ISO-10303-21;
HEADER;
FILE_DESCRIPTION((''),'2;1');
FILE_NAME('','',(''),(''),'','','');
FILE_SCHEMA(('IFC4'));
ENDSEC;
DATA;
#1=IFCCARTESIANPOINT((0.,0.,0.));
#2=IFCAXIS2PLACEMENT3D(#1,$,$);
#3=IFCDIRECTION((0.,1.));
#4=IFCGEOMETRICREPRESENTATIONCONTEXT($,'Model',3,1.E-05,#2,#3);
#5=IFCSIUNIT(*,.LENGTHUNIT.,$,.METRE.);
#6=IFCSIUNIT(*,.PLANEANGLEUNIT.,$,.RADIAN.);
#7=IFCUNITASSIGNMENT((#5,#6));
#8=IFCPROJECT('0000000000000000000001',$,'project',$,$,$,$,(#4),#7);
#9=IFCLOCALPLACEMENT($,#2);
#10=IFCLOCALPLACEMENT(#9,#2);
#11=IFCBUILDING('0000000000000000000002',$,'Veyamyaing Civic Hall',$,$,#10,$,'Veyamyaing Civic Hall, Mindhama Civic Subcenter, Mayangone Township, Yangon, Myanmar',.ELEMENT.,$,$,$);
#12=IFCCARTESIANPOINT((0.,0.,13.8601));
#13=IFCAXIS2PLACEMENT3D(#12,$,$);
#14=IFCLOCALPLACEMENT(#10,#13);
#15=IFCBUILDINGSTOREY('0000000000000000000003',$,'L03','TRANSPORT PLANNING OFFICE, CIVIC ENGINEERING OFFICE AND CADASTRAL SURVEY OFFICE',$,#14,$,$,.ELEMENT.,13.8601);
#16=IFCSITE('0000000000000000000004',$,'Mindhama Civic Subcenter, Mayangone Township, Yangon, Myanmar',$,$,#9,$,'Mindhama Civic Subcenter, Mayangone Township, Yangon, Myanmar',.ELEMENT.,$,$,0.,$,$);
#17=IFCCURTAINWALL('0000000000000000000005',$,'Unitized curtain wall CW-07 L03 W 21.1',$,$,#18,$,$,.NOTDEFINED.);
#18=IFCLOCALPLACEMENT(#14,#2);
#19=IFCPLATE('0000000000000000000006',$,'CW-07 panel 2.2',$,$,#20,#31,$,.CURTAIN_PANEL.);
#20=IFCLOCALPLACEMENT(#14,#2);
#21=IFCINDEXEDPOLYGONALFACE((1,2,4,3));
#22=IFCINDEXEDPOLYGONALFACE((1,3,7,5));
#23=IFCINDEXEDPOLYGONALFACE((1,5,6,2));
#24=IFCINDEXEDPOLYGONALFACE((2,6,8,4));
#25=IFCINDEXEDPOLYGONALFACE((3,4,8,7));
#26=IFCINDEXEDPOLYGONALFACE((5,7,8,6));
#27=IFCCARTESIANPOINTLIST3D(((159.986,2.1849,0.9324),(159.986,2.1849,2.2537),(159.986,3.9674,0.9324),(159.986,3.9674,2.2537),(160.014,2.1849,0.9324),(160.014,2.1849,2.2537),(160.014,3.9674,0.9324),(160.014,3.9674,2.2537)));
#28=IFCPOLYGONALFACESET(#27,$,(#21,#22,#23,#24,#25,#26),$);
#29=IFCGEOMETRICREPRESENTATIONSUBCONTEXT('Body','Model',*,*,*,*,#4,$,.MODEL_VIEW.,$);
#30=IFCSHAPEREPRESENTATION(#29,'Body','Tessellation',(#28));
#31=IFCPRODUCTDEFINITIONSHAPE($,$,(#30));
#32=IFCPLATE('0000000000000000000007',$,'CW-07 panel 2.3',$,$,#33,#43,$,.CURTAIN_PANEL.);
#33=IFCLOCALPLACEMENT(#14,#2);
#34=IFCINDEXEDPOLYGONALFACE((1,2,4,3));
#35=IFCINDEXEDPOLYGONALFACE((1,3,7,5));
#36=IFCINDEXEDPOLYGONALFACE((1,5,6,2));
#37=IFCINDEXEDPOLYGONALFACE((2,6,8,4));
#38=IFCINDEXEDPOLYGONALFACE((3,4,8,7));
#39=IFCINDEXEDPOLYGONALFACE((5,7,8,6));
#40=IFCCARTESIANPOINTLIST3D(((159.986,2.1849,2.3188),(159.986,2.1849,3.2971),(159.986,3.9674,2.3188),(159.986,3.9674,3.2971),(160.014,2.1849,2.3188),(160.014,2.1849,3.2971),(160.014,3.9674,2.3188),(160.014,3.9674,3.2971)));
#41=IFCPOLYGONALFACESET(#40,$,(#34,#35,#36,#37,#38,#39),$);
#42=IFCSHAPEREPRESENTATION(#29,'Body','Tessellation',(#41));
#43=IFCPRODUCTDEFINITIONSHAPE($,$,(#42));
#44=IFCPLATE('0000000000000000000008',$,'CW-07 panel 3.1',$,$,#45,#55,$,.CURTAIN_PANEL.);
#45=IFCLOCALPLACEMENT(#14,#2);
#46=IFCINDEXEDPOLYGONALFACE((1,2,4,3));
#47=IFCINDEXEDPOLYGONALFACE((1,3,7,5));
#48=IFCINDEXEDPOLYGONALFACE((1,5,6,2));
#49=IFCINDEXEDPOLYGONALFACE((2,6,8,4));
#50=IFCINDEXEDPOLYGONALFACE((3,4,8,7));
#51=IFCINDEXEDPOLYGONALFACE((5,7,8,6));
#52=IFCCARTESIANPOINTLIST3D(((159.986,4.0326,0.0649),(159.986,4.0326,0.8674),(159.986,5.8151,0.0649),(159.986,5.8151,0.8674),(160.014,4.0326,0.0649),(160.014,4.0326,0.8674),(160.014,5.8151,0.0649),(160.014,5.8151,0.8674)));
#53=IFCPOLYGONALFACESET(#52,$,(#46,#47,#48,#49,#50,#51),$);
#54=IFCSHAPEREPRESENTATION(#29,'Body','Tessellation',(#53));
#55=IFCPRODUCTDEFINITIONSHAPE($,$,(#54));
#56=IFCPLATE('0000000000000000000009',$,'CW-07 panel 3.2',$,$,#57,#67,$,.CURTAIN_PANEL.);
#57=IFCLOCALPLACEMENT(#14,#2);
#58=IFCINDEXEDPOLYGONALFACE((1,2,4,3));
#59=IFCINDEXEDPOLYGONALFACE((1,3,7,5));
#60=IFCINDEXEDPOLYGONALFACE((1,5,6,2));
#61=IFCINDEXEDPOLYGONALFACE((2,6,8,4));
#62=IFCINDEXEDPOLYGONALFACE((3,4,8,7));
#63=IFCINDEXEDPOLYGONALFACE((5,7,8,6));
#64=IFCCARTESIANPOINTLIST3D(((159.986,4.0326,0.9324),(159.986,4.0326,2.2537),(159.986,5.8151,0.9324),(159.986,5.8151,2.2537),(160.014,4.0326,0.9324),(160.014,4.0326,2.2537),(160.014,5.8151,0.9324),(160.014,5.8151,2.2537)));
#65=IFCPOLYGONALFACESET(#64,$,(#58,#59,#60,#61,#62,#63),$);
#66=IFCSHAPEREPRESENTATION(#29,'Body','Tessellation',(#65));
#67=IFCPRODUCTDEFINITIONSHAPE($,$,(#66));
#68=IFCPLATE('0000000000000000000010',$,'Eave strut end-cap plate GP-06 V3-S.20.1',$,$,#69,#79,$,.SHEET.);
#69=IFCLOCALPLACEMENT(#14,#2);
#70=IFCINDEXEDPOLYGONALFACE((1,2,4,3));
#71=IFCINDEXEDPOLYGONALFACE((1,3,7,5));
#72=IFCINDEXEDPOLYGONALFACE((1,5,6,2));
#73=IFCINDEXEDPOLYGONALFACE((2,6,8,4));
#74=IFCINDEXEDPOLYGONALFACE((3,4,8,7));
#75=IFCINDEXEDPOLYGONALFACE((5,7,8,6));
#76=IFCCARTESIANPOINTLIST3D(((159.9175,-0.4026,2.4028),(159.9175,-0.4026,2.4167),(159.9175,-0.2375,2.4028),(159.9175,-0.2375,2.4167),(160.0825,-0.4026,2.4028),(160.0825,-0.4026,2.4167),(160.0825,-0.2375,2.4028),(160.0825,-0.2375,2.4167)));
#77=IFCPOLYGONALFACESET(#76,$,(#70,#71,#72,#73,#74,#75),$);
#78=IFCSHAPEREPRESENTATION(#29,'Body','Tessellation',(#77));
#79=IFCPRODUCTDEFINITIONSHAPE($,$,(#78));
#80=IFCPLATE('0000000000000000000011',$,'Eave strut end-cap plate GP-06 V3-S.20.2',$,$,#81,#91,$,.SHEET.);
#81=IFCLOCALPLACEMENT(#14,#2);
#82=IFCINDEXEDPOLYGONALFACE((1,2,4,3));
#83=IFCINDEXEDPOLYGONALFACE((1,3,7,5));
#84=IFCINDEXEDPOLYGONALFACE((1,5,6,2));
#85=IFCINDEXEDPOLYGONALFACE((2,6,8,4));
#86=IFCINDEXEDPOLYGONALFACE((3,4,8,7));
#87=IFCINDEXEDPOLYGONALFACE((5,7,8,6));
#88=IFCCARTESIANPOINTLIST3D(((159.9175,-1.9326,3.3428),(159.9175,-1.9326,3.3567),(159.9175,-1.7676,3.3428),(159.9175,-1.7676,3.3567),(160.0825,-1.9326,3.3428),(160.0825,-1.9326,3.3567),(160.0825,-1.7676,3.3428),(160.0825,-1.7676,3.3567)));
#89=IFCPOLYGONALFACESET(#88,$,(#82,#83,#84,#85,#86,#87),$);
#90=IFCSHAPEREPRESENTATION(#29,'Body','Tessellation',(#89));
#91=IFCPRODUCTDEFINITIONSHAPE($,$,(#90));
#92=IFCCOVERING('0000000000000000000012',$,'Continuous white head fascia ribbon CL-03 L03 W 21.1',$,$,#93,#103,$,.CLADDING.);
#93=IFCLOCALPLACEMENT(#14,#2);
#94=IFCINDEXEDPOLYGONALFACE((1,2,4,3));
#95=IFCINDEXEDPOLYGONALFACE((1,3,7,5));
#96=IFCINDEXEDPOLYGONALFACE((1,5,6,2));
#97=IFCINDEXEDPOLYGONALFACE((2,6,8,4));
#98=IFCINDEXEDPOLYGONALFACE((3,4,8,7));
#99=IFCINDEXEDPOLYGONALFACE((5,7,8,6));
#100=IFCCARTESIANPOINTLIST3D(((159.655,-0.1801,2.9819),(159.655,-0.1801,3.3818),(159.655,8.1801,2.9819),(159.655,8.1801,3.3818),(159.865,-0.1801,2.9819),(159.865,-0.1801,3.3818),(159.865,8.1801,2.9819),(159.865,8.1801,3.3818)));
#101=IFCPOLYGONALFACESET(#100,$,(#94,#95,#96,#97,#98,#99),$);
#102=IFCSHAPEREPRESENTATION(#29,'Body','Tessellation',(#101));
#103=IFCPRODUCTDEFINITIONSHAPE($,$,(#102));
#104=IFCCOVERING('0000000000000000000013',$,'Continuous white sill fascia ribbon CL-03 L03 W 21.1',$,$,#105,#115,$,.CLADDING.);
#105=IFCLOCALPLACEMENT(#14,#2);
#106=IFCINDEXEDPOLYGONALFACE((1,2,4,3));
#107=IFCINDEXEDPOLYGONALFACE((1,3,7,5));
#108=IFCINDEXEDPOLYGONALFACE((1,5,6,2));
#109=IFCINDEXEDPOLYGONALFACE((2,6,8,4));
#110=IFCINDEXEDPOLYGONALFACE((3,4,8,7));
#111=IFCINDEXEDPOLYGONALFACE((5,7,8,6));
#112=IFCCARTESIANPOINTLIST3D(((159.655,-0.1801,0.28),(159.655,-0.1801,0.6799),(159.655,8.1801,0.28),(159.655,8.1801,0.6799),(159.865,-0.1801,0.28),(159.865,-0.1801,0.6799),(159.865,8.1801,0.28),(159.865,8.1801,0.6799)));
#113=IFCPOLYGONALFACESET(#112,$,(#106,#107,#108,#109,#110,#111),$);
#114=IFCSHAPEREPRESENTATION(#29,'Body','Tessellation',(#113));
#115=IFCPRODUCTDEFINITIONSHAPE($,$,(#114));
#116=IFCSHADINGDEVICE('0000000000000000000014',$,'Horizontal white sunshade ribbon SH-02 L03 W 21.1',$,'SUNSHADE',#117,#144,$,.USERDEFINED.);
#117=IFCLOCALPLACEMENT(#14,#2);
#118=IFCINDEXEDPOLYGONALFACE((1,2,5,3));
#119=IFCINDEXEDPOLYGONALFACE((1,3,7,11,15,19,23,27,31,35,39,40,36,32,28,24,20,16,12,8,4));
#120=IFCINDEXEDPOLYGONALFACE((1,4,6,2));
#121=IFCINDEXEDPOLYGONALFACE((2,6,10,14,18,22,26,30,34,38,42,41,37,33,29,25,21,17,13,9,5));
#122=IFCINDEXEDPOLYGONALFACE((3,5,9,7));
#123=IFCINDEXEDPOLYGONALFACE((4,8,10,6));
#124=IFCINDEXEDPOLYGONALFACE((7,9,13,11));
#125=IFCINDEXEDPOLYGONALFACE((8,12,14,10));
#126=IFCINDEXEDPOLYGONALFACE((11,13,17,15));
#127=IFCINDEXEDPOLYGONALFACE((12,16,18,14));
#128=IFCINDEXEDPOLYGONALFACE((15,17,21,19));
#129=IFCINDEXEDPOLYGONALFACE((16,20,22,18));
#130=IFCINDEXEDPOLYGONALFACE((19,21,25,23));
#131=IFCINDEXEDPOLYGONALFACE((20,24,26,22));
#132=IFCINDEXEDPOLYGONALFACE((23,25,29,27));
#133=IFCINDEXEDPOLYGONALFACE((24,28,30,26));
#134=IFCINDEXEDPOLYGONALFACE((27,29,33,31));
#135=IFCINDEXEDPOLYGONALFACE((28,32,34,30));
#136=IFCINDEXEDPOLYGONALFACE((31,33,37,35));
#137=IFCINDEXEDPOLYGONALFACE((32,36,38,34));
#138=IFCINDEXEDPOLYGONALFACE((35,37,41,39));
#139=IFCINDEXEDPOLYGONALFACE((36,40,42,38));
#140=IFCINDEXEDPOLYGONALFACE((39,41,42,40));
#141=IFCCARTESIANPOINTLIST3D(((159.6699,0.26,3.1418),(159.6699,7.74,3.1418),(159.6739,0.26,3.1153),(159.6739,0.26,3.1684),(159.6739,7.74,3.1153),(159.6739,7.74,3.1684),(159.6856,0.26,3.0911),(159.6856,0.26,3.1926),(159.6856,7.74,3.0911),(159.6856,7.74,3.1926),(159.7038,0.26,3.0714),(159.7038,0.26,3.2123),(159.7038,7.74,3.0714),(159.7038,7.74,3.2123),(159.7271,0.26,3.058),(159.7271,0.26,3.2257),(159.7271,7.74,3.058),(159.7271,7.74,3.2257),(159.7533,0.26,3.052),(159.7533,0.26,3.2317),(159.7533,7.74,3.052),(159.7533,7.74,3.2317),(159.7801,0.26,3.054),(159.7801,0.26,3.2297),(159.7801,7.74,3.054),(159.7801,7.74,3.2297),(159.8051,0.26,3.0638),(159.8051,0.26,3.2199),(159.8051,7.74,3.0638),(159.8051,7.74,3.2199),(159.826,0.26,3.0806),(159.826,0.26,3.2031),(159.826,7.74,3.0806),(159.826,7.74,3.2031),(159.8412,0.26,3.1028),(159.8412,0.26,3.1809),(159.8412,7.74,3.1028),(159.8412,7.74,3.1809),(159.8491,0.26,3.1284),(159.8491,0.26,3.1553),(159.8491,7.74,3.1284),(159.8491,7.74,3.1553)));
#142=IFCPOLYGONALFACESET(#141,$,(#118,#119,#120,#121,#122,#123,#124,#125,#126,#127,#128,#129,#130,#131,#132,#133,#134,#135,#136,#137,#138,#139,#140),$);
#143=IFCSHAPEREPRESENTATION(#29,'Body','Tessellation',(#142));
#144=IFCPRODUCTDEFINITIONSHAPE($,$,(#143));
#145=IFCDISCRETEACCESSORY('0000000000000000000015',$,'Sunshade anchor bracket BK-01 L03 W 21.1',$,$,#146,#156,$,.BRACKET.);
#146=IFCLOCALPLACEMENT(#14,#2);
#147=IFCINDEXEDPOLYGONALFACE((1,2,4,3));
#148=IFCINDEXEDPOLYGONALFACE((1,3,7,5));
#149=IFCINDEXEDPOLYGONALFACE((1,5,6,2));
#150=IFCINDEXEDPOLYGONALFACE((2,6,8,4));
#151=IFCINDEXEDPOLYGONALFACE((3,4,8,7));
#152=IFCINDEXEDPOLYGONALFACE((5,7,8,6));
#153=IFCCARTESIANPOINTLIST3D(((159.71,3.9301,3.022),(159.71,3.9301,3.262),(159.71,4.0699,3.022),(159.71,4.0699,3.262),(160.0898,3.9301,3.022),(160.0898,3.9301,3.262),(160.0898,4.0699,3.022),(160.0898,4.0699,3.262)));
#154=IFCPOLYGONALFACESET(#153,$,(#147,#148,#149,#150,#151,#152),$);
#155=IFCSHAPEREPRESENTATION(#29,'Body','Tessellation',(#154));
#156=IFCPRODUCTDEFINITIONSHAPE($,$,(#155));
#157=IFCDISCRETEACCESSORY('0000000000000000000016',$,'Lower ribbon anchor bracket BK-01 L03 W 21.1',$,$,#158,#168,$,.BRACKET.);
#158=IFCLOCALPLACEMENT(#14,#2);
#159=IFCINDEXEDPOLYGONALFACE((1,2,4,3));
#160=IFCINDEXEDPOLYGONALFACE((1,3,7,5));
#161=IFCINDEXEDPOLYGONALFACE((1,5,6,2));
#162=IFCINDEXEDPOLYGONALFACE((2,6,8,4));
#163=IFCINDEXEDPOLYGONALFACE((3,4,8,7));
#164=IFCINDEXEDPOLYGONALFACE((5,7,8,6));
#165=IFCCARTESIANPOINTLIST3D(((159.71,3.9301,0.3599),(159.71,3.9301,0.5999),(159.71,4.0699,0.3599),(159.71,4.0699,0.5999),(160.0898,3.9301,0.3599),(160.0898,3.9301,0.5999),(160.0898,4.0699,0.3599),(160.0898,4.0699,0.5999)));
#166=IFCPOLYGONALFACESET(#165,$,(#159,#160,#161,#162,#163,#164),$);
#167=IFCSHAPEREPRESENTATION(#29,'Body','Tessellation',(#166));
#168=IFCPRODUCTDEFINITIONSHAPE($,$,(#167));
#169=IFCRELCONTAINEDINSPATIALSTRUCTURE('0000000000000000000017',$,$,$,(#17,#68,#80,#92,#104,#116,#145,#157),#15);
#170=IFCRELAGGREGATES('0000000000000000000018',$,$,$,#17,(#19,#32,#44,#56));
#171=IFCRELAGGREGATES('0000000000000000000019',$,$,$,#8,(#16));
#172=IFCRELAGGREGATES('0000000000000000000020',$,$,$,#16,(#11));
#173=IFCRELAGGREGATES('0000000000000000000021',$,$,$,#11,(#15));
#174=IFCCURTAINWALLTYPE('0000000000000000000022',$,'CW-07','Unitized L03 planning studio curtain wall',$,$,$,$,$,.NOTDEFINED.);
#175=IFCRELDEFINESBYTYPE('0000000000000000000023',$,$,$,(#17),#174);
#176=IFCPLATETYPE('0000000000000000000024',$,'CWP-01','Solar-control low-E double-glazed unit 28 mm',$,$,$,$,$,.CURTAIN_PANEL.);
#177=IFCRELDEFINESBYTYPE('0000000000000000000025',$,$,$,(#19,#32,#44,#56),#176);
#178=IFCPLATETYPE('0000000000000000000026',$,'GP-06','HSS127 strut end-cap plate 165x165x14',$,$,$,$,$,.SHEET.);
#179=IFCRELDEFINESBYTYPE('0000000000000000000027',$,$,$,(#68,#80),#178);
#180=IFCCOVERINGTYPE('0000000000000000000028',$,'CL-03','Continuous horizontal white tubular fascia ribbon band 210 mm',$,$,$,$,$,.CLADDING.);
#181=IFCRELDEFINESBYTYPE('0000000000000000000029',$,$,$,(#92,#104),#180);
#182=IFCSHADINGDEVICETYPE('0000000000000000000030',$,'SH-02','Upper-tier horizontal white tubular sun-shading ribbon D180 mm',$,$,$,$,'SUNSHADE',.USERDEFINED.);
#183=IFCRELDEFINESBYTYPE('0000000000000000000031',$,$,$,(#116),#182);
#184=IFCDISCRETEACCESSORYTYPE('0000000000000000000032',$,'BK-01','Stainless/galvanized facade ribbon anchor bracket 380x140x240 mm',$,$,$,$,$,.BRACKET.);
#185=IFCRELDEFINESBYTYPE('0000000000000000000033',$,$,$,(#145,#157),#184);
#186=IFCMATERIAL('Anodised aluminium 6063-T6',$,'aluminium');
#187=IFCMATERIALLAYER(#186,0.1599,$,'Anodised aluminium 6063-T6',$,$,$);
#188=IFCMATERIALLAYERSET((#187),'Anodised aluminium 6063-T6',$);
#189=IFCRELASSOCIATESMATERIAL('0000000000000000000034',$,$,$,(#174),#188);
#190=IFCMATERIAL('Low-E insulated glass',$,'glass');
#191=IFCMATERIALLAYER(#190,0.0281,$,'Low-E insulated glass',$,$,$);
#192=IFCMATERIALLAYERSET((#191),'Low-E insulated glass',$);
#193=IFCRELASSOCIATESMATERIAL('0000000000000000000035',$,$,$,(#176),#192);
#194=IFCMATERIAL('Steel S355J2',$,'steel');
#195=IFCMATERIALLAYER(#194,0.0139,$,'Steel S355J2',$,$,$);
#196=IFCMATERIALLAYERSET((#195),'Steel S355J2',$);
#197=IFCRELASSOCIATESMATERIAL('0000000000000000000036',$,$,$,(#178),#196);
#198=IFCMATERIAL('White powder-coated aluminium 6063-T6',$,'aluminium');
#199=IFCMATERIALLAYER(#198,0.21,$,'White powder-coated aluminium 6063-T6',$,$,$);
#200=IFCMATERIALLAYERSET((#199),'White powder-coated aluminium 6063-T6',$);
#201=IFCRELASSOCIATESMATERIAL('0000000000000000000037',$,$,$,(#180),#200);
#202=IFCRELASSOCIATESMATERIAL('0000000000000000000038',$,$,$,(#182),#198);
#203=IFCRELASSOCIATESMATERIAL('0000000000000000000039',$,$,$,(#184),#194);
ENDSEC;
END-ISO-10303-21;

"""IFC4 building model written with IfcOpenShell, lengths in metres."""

from ifc_helpers import new_model, si_unit, direction, frame, origin, origin_2d, place, context, subcontext, project, spatial, rectangle, circle, extrude, material, layer, layer_set, material_profile, profile_set, type_object, element, aggregate, save


model = new_model("IFC4")

# Units and contexts
model_context = context("Model", 3, precision=1e-05, world=origin(), true_north=direction((0.0, 1.0)))
body_context = subcontext(model_context, "Body", "Model", "MODEL_VIEW")
ifc_project = project(units=[si_unit("LENGTHUNIT", "METRE"), si_unit("PLANEANGLEUNIT", "RADIAN")], contexts=[model_context])

# Site, building, storey
site_placement = place(None, origin())
site = spatial("IfcSite", under=ifc_project, at=site_placement, Name="Mindhama Civic Subcenter, Mayangone Township, Yangon, Myanmar", LongName="Mindhama Civic Subcenter, Mayangone Township, Yangon, Myanmar", CompositionType="ELEMENT", RefElevation=0.0)
building_placement = place(site_placement, origin())
building = spatial("IfcBuilding", under=site, at=building_placement, Name="Veyamyaing Civic Hall", LongName="Veyamyaing Civic Hall, Mindhama Civic Subcenter, Mayangone Township, Yangon, Myanmar", CompositionType="ELEMENT")
storey_placement = place(building_placement, frame((0.0, 0.0, 13.8601)))
storey = spatial("IfcBuildingStorey", under=building, at=storey_placement, Name="L03", Description="TRANSPORT PLANNING OFFICE, CIVIC ENGINEERING OFFICE AND CADASTRAL SURVEY OFFICE", CompositionType="ELEMENT", Elevation=13.8601)

# Curtain wall
ifc_material_1 = material(Name="Anodised aluminium 6063-T6", Category="aluminium")
ifc_layer_1 = layer(ifc_material_1, 0.1599, Name="Anodised aluminium 6063-T6")
ifc_layer_set_1 = layer_set([ifc_layer_1], Name="Anodised aluminium 6063-T6")
curtain_wall_type = type_object("IfcCurtainWallType", Name="CW-07", Description="Unitized L03 planning studio curtain wall", PredefinedType="NOTDEFINED", material=ifc_layer_set_1)
curtain_wall_1_placement = place(storey_placement, origin())
curtain_wall_1 = element("IfcCurtainWall", 1, at=curtain_wall_1_placement, inside=storey, type_object=curtain_wall_type, Name="Unitized curtain wall CW-07 L03 W 21.1", PredefinedType="NOTDEFINED")

# Shared definitions
ifc_material_2 = material(Name="Steel S355J2", Category="steel")

# Shared definitions
ifc_material_3 = material(Name="Low-E insulated glass", Category="glass")
ifc_layer_2 = layer(ifc_material_3, 0.0281, Name="Low-E insulated glass")
ifc_layer_set_2 = layer_set([ifc_layer_2], Name="Low-E insulated glass")
plate_type_1 = type_object("IfcPlateType", Name="CWP-01", Description="Solar-control low-E double-glazed unit 28 mm", PredefinedType="CURTAIN_PANEL", material=ifc_layer_set_2)

# Plates
plate_1_placement = place(storey_placement, frame((160.0, 3.0762, 0.9324), z_axis=(0.0, 0.0, 1.0), x_axis=(0.0, 1.0, 0.0)))
plate_1 = element("IfcPlate", 2, at=plate_1_placement, type_object=plate_type_1, Name="CW-07 panel 2.2", PredefinedType="CURTAIN_PANEL", context=body_context, shape_type="SweptSolid", body=[
    extrude(rectangle(XDim=1.7825, YDim=0.0281, at=origin_2d()), origin(), (0.0, 0.0, 1.0), 1.3213),
])
plate_2_placement = place(storey_placement, frame((160.0, 3.0762, 2.3188), z_axis=(0.0, 0.0, 1.0), x_axis=(0.0, 1.0, 0.0)))
plate_2 = element("IfcPlate", 3, at=plate_2_placement, type_object=plate_type_1, Name="CW-07 panel 2.3", PredefinedType="CURTAIN_PANEL", context=body_context, shape_type="SweptSolid", body=[
    extrude(rectangle(XDim=1.7825, YDim=0.0281, at=origin_2d()), origin(), (0.0, 0.0, 1.0), 0.9783),
])
plate_3_placement = place(storey_placement, frame((160.0, 4.9238, 0.0649), z_axis=(0.0, 0.0, 1.0), x_axis=(0.0, 1.0, 0.0)))
plate_3 = element("IfcPlate", 4, at=plate_3_placement, type_object=plate_type_1, Name="CW-07 panel 3.1", PredefinedType="CURTAIN_PANEL", context=body_context, shape_type="SweptSolid", body=[
    extrude(rectangle(XDim=1.7825, YDim=0.0281, at=origin_2d()), origin(), (0.0, 0.0, 1.0), 0.8025),
])
plate_4_placement = place(storey_placement, frame((160.0, 4.9238, 0.9324), z_axis=(0.0, 0.0, 1.0), x_axis=(0.0, 1.0, 0.0)))
plate_4 = element("IfcPlate", 5, at=plate_4_placement, type_object=plate_type_1, Name="CW-07 panel 3.2", PredefinedType="CURTAIN_PANEL", context=body_context, shape_type="SweptSolid", body=[
    extrude(rectangle(XDim=1.7825, YDim=0.0281, at=origin_2d()), origin(), (0.0, 0.0, 1.0), 1.3213),
])
aggregate(curtain_wall_1, [plate_1, plate_2, plate_3, plate_4])

# Plates
ifc_layer_3 = layer(ifc_material_2, 0.0139, Name="Steel S355J2")
ifc_layer_set_3 = layer_set([ifc_layer_3], Name="Steel S355J2")
plate_type_2 = type_object("IfcPlateType", Name="GP-06", Description="HSS127 strut end-cap plate 165x165x14", PredefinedType="SHEET", material=ifc_layer_set_3)
for number, where, z_axis, x_axis, name in (
    (6, (160.0, -0.3201, 2.4028), (0.0, 0.0, 1.0), (0.0, 1.0, 0.0), "Eave strut end-cap plate GP-06 V3-S.20.1"),
    (7, (160.0, -1.8501, 3.3428), (0.0, 0.0, 1.0), (0.0, 1.0, 0.0), "Eave strut end-cap plate GP-06 V3-S.20.2"),
):
    element("IfcPlate", number, at=place(storey_placement, frame(where, z_axis=z_axis, x_axis=x_axis)), inside=storey, type_object=plate_type_2, Name=name, PredefinedType="SHEET", context=body_context, shape_type="SweptSolid", body=[
        extrude(rectangle(XDim=0.165, YDim=0.165, at=origin_2d()), origin(), (0.0, 0.0, 1.0), 0.0139),
    ])

# Coverings
ifc_material_4 = material(Name="White powder-coated aluminium 6063-T6", Category="aluminium")
ifc_layer_4 = layer(ifc_material_4, 0.21, Name="White powder-coated aluminium 6063-T6")
ifc_layer_set_4 = layer_set([ifc_layer_4], Name="White powder-coated aluminium 6063-T6")
covering_type = type_object("IfcCoveringType", Name="CL-03", Description="Continuous horizontal white tubular fascia ribbon band 210 mm", PredefinedType="CLADDING", material=ifc_layer_set_4)
for number, where, z_axis, x_axis, name in (
    (8, (159.76, 4.0, 2.9819), (0.0, 0.0, 1.0), (0.0, 1.0, 0.0), "Continuous white head fascia ribbon CL-03 L03 W 21.1"),
    (9, (159.76, 4.0, 0.28), (0.0, 0.0, 1.0), (0.0, 1.0, 0.0), "Continuous white sill fascia ribbon CL-03 L03 W 21.1"),
):
    element("IfcCovering", number, at=place(storey_placement, frame(where, z_axis=z_axis, x_axis=x_axis)), inside=storey, type_object=covering_type, Name=name, PredefinedType="CLADDING", context=body_context, shape_type="SweptSolid", body=[
        extrude(rectangle(XDim=8.3601, YDim=0.21, at=origin_2d()), origin(), (0.0, 0.0, 1.0), 0.3999),
    ])

# Shading device
ifc_material_profile_1 = material_profile(ifc_material_4, circle(Radius=0.0901, at=origin_2d()), Name="SHADE-TUBE-180")
ifc_profile_set_1 = profile_set([ifc_material_profile_1], Name="White powder-coated aluminium 6063-T6")
shading_device_type = type_object("IfcShadingDeviceType", Name="SH-02", Description="Upper-tier horizontal white tubular sun-shading ribbon D180 mm", ElementType="SUNSHADE", PredefinedType="USERDEFINED", material=ifc_profile_set_1)
shading_device_placement = place(storey_placement, frame((159.76, 0.26, 3.1418), z_axis=(0.0, 1.0, 0.0), x_axis=(-1.0, 0.0, 0.0)))
element("IfcShadingDevice", 10, at=shading_device_placement, inside=storey, type_object=shading_device_type, Name="Horizontal white sunshade ribbon SH-02 L03 W 21.1", ObjectType="SUNSHADE", PredefinedType="USERDEFINED", context=body_context, shape_type="SweptSolid", body=[
    extrude(circle(Radius=0.0901, at=origin_2d()), origin(), (0.0, 0.0, 1.0), 7.48),
])

# Discrete accessories
discrete_accessory_type = type_object("IfcDiscreteAccessoryType", Name="BK-01", Description="Stainless/galvanized facade ribbon anchor bracket 380x140x240 mm", PredefinedType="BRACKET", material=ifc_material_2)
for number, where, z_axis, x_axis, name in (
    (11, (159.8999, 4.0, 3.022), (0.0, 0.0, 1.0), (-1.0, 0.0, 0.0), "Sunshade anchor bracket BK-01 L03 W 21.1"),
    (12, (159.8999, 4.0, 0.3599), (0.0, 0.0, 1.0), (-1.0, 0.0, 0.0), "Lower ribbon anchor bracket BK-01 L03 W 21.1"),
):
    element("IfcDiscreteAccessory", number, at=place(storey_placement, frame(where, z_axis=z_axis, x_axis=x_axis)), inside=storey, type_object=discrete_accessory_type, Name=name, PredefinedType="BRACKET", context=body_context, shape_type="SweptSolid", body=[
        extrude(rectangle(XDim=0.3799, YDim=0.1399, at=origin_2d()), origin(), (0.0, 0.0, 1.0), 0.24),
    ])

save(model, "model.ifc")
